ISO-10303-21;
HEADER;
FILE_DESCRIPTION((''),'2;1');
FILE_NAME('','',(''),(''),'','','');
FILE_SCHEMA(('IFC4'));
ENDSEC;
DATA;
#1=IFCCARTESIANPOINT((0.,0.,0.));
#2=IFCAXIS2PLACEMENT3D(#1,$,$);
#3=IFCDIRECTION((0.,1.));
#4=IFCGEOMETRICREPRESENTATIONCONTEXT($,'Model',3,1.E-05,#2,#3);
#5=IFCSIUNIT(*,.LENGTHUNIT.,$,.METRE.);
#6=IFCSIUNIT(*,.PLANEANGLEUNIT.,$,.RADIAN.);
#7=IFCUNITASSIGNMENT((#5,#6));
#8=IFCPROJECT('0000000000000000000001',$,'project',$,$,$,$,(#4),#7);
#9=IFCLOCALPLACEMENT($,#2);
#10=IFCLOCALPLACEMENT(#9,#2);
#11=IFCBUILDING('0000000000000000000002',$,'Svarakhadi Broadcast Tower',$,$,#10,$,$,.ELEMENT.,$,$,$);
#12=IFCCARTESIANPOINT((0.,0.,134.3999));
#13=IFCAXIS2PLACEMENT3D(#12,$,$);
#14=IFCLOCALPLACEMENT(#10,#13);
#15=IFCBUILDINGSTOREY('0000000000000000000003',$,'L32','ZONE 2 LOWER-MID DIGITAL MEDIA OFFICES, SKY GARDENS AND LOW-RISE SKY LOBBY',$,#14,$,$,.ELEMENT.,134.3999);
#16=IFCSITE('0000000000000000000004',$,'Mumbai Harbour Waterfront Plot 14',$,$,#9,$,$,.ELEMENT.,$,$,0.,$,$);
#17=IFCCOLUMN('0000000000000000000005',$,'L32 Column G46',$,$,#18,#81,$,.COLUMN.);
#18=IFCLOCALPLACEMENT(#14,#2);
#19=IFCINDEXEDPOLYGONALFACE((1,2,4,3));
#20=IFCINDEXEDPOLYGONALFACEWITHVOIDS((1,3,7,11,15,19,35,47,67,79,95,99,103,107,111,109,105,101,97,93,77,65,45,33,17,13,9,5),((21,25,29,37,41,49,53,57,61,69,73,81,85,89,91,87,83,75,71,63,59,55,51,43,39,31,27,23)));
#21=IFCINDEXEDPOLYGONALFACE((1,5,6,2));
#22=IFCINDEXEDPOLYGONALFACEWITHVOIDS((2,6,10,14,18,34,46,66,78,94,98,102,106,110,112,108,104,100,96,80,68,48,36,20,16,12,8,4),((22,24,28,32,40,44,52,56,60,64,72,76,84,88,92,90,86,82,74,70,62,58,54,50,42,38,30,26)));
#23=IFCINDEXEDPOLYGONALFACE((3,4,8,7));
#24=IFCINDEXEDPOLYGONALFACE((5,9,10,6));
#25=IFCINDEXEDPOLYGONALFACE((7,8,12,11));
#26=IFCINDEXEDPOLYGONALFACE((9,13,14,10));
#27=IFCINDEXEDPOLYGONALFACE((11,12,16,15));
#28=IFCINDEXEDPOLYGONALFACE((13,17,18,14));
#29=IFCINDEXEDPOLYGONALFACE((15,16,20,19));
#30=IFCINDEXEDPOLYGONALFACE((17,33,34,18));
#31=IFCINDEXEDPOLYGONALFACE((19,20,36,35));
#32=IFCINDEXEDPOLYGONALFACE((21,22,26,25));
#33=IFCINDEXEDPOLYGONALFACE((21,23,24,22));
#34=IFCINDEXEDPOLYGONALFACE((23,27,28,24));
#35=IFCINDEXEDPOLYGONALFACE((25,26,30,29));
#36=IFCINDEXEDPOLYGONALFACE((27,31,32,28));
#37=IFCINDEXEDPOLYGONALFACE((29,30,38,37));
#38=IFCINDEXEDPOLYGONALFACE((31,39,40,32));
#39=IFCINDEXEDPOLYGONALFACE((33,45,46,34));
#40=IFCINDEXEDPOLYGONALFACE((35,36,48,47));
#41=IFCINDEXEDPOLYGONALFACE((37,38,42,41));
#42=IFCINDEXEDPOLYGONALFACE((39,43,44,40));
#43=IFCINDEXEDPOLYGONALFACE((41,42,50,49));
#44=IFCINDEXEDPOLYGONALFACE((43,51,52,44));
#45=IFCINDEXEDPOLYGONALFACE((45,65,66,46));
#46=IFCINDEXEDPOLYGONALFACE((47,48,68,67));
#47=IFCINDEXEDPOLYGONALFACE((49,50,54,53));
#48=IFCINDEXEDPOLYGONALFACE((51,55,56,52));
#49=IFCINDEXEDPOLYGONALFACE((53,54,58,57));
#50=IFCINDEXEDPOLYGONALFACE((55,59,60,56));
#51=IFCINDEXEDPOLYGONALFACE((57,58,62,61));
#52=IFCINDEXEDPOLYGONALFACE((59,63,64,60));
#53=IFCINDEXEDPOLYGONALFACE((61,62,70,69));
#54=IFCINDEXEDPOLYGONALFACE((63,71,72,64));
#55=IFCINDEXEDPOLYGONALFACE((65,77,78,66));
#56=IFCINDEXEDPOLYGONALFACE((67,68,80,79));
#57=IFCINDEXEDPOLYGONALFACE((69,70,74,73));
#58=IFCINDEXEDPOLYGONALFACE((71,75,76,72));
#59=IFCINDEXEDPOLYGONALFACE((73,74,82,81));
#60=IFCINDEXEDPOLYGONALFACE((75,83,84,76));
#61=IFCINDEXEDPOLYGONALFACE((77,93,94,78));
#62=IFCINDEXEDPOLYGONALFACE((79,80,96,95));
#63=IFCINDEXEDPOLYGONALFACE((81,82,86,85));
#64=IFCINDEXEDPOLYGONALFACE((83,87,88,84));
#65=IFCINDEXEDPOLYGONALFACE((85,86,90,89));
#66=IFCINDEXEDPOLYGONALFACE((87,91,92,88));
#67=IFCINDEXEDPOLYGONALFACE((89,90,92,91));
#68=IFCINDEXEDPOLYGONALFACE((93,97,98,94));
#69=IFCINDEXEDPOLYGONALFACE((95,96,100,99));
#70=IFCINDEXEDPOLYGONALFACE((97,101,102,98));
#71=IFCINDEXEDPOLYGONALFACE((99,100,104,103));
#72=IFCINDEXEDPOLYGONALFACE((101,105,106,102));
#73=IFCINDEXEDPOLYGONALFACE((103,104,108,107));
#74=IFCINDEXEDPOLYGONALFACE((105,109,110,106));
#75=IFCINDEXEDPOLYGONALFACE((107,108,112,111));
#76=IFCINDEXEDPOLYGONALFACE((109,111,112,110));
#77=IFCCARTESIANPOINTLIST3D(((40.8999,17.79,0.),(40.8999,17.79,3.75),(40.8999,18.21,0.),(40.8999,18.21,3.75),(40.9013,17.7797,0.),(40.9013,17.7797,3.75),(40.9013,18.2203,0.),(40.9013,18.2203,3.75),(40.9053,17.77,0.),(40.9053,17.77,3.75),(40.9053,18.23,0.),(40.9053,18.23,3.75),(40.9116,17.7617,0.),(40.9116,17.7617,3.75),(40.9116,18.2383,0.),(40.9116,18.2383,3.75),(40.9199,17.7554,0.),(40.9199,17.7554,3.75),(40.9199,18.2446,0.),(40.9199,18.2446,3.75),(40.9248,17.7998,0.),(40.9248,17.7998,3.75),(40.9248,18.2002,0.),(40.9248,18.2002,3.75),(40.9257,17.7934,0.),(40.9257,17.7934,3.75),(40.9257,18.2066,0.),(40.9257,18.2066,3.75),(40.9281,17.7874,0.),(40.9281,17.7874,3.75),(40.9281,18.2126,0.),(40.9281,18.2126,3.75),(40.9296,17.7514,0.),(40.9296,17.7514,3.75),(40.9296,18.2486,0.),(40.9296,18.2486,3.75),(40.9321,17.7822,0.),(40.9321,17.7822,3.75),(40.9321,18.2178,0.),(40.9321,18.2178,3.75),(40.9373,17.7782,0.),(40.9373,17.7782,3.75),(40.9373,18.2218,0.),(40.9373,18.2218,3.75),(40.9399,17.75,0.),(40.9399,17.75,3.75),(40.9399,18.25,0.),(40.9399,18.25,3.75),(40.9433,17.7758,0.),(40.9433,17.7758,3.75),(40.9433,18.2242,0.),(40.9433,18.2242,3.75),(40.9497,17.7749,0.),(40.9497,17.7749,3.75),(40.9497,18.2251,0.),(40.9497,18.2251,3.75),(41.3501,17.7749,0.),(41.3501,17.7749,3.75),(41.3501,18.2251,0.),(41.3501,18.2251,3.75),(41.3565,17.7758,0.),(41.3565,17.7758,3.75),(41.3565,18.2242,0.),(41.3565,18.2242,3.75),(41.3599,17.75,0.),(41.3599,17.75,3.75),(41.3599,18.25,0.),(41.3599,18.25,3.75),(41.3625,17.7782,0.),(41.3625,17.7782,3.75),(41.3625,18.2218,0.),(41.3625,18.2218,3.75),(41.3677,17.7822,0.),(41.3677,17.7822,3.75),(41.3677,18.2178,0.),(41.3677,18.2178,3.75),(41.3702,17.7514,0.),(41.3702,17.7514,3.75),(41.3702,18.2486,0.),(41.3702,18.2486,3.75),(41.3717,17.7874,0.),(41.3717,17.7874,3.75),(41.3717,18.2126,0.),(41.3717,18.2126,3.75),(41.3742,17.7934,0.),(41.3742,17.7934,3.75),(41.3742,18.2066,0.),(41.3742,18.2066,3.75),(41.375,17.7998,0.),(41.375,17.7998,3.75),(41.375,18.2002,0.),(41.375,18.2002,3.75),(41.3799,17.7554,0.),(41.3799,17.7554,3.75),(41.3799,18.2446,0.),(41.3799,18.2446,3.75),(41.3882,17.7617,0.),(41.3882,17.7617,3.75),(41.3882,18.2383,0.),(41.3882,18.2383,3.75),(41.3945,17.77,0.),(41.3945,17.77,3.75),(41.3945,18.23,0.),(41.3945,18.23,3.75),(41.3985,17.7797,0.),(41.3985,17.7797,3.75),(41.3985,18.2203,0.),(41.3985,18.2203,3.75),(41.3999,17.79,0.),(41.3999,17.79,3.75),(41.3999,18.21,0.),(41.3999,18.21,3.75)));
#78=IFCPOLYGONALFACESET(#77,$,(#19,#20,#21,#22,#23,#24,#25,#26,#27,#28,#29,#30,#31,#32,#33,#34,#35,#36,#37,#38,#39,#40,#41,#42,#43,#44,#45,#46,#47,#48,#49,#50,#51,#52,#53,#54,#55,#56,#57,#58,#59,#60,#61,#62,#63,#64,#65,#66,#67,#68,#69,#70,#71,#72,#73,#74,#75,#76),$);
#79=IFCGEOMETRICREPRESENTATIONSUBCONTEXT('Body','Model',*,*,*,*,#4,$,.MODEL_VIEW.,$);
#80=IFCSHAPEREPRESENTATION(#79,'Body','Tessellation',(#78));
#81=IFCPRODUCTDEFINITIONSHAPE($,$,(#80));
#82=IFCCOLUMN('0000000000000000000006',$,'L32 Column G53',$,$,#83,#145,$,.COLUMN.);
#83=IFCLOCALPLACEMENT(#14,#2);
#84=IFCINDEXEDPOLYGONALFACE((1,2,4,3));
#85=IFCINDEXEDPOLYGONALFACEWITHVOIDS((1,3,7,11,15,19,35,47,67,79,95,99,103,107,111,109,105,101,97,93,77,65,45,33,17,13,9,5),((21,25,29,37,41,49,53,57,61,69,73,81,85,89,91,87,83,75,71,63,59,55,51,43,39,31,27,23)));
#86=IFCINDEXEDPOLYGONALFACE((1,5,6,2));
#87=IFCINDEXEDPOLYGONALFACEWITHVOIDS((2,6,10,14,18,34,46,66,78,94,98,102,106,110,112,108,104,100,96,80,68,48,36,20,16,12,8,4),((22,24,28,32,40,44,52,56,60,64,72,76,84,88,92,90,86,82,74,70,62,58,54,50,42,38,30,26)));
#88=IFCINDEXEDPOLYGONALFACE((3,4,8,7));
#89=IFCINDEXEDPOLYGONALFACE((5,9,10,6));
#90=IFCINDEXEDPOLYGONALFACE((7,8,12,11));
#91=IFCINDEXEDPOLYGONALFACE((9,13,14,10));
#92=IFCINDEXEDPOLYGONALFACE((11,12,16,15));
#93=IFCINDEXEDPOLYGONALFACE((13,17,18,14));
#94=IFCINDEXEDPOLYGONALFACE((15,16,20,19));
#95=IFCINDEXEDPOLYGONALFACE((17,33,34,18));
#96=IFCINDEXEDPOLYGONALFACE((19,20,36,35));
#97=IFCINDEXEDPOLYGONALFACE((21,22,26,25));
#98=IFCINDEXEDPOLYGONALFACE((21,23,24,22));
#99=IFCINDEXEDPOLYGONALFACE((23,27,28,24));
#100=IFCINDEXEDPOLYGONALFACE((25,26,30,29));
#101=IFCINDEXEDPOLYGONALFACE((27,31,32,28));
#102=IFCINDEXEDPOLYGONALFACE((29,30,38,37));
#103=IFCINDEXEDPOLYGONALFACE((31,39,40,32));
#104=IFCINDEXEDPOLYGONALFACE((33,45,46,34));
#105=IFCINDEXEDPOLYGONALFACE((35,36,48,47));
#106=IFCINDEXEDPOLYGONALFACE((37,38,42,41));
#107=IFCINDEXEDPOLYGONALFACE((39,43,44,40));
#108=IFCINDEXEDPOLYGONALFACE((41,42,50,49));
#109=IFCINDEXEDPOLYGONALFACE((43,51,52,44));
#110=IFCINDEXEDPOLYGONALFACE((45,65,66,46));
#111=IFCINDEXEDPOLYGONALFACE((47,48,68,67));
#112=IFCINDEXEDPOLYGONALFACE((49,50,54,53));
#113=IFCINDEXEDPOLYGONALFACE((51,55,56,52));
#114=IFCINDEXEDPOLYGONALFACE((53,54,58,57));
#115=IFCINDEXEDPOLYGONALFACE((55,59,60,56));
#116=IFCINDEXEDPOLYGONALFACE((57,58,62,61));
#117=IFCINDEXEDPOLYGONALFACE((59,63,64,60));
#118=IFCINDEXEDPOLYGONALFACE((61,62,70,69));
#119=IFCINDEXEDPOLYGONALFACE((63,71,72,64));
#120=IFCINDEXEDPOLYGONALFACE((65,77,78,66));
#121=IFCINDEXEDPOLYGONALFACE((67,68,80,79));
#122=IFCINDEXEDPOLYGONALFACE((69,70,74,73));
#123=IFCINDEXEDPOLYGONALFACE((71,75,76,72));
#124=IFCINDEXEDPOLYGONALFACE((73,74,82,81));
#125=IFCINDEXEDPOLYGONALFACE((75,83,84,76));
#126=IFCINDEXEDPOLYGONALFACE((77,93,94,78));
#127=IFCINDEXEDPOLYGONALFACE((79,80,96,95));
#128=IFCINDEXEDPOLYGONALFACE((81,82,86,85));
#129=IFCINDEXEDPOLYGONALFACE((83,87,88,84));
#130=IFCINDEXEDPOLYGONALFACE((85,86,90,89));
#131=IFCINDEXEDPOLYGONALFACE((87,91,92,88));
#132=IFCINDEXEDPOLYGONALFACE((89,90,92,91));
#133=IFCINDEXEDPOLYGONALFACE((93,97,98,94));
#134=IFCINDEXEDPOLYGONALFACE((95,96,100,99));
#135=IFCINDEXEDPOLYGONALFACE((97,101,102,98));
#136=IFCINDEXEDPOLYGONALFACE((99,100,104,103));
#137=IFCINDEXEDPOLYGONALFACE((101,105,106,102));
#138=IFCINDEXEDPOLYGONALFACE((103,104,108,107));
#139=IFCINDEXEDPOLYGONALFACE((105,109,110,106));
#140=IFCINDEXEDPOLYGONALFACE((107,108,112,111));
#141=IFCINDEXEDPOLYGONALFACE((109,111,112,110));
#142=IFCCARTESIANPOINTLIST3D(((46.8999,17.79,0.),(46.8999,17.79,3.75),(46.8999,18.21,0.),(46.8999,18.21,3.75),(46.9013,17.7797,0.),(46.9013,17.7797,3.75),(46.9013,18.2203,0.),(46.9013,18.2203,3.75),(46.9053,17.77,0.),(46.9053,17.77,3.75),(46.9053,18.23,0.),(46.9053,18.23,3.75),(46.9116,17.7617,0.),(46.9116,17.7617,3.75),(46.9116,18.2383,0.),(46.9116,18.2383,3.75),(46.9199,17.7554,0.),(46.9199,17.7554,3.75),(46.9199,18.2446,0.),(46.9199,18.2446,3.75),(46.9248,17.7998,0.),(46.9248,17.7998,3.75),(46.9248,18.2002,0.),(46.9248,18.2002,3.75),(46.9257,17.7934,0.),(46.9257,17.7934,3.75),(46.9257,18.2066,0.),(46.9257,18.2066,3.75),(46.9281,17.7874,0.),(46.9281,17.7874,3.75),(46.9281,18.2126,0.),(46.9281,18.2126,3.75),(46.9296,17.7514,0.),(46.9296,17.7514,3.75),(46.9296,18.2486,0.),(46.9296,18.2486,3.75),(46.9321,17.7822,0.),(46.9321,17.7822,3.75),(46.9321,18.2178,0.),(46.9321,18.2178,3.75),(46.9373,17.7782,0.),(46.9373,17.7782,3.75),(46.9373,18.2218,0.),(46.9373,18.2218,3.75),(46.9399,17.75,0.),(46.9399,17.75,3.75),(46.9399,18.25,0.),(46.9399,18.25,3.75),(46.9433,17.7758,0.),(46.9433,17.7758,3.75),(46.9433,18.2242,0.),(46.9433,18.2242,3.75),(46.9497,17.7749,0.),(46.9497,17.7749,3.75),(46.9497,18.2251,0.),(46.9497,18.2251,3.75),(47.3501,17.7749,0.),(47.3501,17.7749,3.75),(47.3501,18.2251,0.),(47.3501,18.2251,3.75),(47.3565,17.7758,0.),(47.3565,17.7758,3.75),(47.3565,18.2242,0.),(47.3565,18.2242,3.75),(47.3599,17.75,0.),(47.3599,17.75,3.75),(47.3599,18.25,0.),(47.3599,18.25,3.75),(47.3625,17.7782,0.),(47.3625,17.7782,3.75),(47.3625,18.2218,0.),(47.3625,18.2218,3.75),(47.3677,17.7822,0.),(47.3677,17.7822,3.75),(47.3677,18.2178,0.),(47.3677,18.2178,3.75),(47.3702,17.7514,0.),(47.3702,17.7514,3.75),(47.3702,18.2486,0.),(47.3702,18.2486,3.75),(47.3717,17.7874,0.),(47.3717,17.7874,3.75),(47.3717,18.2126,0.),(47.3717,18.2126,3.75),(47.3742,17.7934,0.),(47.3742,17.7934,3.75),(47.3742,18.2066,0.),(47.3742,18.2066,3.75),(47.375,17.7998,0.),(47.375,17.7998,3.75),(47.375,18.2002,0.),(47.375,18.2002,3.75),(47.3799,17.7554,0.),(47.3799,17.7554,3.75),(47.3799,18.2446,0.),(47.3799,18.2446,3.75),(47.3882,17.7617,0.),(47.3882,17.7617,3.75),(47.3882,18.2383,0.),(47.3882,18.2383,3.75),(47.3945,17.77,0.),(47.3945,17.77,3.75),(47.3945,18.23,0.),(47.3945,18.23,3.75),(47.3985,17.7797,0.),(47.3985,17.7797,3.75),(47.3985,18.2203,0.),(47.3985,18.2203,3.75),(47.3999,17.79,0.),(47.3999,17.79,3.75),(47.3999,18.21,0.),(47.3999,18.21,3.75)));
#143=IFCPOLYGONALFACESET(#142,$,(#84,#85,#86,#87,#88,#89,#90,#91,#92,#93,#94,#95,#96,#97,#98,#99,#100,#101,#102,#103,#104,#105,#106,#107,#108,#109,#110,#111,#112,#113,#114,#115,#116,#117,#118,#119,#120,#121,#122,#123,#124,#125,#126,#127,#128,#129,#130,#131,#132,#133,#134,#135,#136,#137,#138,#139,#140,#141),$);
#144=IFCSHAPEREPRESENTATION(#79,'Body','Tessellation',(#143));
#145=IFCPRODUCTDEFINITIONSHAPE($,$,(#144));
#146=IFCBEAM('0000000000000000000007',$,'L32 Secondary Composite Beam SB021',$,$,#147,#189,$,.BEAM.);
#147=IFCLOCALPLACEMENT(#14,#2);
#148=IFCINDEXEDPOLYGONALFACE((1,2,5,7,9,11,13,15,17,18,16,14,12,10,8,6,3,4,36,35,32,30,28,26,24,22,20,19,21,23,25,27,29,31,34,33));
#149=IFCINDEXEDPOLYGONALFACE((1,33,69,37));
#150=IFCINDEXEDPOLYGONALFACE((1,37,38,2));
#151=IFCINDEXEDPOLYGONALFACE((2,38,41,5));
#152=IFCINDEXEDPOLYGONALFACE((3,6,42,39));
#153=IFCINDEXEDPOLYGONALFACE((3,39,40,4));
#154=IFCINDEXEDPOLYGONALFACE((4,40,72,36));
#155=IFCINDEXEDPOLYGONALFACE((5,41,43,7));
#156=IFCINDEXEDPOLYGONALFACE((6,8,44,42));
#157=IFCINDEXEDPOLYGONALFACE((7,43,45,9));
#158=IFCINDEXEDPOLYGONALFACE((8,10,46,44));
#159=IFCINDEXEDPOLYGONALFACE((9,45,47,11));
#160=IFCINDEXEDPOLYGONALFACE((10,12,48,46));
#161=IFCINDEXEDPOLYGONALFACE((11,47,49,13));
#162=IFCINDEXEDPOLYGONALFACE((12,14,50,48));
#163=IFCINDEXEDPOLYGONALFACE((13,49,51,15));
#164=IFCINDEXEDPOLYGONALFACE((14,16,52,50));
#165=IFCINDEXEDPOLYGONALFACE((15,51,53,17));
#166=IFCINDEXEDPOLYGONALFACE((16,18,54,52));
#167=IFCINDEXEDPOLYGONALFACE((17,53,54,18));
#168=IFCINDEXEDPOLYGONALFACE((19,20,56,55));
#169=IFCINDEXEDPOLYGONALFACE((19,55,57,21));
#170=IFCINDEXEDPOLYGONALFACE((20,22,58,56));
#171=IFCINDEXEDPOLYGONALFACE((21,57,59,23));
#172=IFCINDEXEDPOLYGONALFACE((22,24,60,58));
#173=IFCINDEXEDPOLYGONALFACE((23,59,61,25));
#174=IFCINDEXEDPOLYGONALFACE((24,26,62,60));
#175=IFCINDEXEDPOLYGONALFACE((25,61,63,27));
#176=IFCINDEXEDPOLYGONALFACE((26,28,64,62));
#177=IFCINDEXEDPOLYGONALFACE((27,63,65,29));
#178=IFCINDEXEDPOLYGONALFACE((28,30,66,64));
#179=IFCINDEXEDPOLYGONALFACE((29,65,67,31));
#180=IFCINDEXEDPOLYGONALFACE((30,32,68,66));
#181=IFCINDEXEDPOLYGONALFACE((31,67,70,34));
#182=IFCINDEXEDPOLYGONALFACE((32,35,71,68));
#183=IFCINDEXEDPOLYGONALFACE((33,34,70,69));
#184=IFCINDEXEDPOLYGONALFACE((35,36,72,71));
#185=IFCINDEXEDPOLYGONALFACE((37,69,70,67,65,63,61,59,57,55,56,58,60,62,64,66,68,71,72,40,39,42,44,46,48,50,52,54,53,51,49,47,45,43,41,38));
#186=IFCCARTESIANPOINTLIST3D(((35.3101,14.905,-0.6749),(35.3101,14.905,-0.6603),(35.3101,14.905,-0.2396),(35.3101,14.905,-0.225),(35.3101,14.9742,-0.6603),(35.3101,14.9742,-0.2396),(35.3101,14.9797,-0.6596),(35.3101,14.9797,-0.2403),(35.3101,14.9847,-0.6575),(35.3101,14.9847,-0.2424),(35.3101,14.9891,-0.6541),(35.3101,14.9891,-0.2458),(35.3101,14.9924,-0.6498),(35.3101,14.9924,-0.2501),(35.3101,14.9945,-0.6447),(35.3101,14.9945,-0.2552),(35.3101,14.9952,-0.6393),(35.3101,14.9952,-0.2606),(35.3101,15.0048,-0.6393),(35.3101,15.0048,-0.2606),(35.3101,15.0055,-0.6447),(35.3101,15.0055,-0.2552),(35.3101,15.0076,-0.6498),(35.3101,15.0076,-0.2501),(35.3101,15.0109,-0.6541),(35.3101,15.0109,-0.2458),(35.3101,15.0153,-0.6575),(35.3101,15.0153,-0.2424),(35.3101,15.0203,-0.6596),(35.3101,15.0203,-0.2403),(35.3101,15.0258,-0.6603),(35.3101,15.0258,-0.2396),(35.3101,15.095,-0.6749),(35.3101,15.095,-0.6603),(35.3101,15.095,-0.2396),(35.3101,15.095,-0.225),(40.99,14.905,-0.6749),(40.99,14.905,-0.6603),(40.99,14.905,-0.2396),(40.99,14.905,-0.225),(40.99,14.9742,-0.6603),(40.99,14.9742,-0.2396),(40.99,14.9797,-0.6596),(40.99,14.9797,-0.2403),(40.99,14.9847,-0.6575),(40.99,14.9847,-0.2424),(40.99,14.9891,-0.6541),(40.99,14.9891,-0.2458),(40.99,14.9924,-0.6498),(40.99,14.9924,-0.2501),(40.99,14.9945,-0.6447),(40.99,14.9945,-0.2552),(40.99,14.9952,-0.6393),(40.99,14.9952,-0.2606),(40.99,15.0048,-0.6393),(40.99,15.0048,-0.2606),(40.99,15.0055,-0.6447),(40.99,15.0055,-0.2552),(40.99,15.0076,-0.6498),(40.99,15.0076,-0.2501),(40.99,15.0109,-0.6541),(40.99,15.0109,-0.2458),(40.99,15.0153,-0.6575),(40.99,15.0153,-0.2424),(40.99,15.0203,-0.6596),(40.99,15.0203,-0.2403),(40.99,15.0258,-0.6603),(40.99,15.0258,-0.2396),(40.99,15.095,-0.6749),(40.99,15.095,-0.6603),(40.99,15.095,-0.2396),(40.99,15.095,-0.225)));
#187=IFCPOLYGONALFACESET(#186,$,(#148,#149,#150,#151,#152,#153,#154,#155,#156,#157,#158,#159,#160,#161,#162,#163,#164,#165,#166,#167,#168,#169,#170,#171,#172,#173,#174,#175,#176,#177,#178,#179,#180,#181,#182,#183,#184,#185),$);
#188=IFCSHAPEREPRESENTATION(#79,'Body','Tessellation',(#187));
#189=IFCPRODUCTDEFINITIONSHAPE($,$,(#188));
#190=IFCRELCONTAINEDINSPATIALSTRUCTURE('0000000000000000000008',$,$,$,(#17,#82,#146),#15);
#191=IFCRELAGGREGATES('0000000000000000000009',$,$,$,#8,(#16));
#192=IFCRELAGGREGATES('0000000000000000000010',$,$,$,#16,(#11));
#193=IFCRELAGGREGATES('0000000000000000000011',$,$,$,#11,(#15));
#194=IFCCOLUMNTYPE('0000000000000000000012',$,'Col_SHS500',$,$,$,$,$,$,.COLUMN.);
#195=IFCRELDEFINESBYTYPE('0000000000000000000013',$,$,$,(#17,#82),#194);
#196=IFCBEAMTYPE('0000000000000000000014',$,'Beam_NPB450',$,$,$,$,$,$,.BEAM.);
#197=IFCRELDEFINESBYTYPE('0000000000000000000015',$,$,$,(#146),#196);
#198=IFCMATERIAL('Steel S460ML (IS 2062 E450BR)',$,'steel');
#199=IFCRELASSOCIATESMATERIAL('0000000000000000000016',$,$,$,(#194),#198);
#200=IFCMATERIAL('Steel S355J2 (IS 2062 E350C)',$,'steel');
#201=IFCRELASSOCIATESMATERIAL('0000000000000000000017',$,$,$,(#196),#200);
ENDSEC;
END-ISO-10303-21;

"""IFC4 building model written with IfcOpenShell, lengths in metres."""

from ifc_helpers import new_model, si_unit, direction, frame, origin, origin_2d, place, context, subcontext, project, spatial, hollow_rectangle, i_section, extrude, material, material_profile, profile_set, type_object, element, save


model = new_model("IFC4")

# Units and contexts
model_context = context("Model", 3, precision=1e-05, world=origin(), true_north=direction((0.0, 1.0)))
body_context = subcontext(model_context, "Body", "Model", "MODEL_VIEW")
ifc_project = project(units=[si_unit("LENGTHUNIT", "METRE"), si_unit("PLANEANGLEUNIT", "RADIAN")], contexts=[model_context])

# Site, building, storey
site_placement = place(None, origin())
site = spatial("IfcSite", under=ifc_project, at=site_placement, Name="Mumbai Harbour Waterfront Plot 14", CompositionType="ELEMENT", RefElevation=0.0)
building_placement = place(site_placement, origin())
building = spatial("IfcBuilding", under=site, at=building_placement, Name="Svarakhadi Broadcast Tower", CompositionType="ELEMENT")
storey_placement = place(building_placement, frame((0.0, 0.0, 134.3999)))
storey = spatial("IfcBuildingStorey", under=building, at=storey_placement, Name="L32", Description="ZONE 2 LOWER-MID DIGITAL MEDIA OFFICES, SKY GARDENS AND LOW-RISE SKY LOBBY", CompositionType="ELEMENT", Elevation=134.3999)

# Columns
ifc_material_1 = material(Name="Steel S460ML (IS 2062 E450BR)", Category="steel")
ifc_material_profile_1 = material_profile(ifc_material_1, hollow_rectangle(XDim=0.5, YDim=0.5, WallThickness=0.0249, InnerFilletRadius=0.0249, OuterFilletRadius=0.04, at=origin_2d()), Name="SHS 500x500x25")
ifc_profile_set_1 = profile_set([ifc_material_profile_1], Name="Steel S460ML (IS 2062 E450BR)")
column_type_1 = type_object("IfcColumnType", Name="Col_SHS500", PredefinedType="COLUMN", material=ifc_profile_set_1)
for number, where, z_axis, x_axis, name in (
    (1, (41.1499, 18.0, 0.0), (0.0, 0.0, 1.0), (1.0, 0.0, 0.0), "L32 Column G46"),
    (2, (47.1499, 18.0, 0.0), (0.0, 0.0, 1.0), (1.0, 0.0, 0.0), "L32 Column G53"),
):
    element("IfcColumn", number, at=place(storey_placement, frame(where, z_axis=z_axis, x_axis=x_axis)), inside=storey, type_object=column_type_1, Name=name, PredefinedType="COLUMN", context=body_context, shape_type="SweptSolid", body=[
        extrude(hollow_rectangle(XDim=0.5, YDim=0.5, WallThickness=0.0249, InnerFilletRadius=0.0249, OuterFilletRadius=0.04, at=origin_2d()), origin(), (0.0, 0.0, 1.0), 3.75),
    ])

# Beam
ifc_material_2 = material(Name="Steel S355J2 (IS 2062 E350C)", Category="steel")
ifc_material_profile_2 = material_profile(ifc_material_2, i_section(OverallWidth=0.1899, OverallDepth=0.45, WebThickness=0.0095, FlangeThickness=0.0146, FilletRadius=0.021, at=origin_2d()), Name="NPB 450x190x78")
ifc_profile_set_2 = profile_set([ifc_material_profile_2], Name="Steel S355J2 (IS 2062 E350C)")
beam_type_1 = type_object("IfcBeamType", Name="Beam_NPB450", PredefinedType="BEAM", material=ifc_profile_set_2)
for number, where, z_axis, x_axis, name in (
    (3, (35.3101, 15.0, -0.45), (1.0, 0.0, 0.0), (0.0, 1.0, 0.0), "L32 Secondary Composite Beam SB021"),
):
    element("IfcBeam", number, at=place(storey_placement, frame(where, z_axis=z_axis, x_axis=x_axis)), inside=storey, type_object=beam_type_1, Name=name, PredefinedType="BEAM", context=body_context, shape_type="SweptSolid", body=[
        extrude(i_section(OverallWidth=0.1899, OverallDepth=0.45, WebThickness=0.0095, FlangeThickness=0.0146, FilletRadius=0.021, at=origin_2d()), origin(), (0.0, 0.0, 1.0), 5.6799),
    ])

save(model, "model.ifc")
